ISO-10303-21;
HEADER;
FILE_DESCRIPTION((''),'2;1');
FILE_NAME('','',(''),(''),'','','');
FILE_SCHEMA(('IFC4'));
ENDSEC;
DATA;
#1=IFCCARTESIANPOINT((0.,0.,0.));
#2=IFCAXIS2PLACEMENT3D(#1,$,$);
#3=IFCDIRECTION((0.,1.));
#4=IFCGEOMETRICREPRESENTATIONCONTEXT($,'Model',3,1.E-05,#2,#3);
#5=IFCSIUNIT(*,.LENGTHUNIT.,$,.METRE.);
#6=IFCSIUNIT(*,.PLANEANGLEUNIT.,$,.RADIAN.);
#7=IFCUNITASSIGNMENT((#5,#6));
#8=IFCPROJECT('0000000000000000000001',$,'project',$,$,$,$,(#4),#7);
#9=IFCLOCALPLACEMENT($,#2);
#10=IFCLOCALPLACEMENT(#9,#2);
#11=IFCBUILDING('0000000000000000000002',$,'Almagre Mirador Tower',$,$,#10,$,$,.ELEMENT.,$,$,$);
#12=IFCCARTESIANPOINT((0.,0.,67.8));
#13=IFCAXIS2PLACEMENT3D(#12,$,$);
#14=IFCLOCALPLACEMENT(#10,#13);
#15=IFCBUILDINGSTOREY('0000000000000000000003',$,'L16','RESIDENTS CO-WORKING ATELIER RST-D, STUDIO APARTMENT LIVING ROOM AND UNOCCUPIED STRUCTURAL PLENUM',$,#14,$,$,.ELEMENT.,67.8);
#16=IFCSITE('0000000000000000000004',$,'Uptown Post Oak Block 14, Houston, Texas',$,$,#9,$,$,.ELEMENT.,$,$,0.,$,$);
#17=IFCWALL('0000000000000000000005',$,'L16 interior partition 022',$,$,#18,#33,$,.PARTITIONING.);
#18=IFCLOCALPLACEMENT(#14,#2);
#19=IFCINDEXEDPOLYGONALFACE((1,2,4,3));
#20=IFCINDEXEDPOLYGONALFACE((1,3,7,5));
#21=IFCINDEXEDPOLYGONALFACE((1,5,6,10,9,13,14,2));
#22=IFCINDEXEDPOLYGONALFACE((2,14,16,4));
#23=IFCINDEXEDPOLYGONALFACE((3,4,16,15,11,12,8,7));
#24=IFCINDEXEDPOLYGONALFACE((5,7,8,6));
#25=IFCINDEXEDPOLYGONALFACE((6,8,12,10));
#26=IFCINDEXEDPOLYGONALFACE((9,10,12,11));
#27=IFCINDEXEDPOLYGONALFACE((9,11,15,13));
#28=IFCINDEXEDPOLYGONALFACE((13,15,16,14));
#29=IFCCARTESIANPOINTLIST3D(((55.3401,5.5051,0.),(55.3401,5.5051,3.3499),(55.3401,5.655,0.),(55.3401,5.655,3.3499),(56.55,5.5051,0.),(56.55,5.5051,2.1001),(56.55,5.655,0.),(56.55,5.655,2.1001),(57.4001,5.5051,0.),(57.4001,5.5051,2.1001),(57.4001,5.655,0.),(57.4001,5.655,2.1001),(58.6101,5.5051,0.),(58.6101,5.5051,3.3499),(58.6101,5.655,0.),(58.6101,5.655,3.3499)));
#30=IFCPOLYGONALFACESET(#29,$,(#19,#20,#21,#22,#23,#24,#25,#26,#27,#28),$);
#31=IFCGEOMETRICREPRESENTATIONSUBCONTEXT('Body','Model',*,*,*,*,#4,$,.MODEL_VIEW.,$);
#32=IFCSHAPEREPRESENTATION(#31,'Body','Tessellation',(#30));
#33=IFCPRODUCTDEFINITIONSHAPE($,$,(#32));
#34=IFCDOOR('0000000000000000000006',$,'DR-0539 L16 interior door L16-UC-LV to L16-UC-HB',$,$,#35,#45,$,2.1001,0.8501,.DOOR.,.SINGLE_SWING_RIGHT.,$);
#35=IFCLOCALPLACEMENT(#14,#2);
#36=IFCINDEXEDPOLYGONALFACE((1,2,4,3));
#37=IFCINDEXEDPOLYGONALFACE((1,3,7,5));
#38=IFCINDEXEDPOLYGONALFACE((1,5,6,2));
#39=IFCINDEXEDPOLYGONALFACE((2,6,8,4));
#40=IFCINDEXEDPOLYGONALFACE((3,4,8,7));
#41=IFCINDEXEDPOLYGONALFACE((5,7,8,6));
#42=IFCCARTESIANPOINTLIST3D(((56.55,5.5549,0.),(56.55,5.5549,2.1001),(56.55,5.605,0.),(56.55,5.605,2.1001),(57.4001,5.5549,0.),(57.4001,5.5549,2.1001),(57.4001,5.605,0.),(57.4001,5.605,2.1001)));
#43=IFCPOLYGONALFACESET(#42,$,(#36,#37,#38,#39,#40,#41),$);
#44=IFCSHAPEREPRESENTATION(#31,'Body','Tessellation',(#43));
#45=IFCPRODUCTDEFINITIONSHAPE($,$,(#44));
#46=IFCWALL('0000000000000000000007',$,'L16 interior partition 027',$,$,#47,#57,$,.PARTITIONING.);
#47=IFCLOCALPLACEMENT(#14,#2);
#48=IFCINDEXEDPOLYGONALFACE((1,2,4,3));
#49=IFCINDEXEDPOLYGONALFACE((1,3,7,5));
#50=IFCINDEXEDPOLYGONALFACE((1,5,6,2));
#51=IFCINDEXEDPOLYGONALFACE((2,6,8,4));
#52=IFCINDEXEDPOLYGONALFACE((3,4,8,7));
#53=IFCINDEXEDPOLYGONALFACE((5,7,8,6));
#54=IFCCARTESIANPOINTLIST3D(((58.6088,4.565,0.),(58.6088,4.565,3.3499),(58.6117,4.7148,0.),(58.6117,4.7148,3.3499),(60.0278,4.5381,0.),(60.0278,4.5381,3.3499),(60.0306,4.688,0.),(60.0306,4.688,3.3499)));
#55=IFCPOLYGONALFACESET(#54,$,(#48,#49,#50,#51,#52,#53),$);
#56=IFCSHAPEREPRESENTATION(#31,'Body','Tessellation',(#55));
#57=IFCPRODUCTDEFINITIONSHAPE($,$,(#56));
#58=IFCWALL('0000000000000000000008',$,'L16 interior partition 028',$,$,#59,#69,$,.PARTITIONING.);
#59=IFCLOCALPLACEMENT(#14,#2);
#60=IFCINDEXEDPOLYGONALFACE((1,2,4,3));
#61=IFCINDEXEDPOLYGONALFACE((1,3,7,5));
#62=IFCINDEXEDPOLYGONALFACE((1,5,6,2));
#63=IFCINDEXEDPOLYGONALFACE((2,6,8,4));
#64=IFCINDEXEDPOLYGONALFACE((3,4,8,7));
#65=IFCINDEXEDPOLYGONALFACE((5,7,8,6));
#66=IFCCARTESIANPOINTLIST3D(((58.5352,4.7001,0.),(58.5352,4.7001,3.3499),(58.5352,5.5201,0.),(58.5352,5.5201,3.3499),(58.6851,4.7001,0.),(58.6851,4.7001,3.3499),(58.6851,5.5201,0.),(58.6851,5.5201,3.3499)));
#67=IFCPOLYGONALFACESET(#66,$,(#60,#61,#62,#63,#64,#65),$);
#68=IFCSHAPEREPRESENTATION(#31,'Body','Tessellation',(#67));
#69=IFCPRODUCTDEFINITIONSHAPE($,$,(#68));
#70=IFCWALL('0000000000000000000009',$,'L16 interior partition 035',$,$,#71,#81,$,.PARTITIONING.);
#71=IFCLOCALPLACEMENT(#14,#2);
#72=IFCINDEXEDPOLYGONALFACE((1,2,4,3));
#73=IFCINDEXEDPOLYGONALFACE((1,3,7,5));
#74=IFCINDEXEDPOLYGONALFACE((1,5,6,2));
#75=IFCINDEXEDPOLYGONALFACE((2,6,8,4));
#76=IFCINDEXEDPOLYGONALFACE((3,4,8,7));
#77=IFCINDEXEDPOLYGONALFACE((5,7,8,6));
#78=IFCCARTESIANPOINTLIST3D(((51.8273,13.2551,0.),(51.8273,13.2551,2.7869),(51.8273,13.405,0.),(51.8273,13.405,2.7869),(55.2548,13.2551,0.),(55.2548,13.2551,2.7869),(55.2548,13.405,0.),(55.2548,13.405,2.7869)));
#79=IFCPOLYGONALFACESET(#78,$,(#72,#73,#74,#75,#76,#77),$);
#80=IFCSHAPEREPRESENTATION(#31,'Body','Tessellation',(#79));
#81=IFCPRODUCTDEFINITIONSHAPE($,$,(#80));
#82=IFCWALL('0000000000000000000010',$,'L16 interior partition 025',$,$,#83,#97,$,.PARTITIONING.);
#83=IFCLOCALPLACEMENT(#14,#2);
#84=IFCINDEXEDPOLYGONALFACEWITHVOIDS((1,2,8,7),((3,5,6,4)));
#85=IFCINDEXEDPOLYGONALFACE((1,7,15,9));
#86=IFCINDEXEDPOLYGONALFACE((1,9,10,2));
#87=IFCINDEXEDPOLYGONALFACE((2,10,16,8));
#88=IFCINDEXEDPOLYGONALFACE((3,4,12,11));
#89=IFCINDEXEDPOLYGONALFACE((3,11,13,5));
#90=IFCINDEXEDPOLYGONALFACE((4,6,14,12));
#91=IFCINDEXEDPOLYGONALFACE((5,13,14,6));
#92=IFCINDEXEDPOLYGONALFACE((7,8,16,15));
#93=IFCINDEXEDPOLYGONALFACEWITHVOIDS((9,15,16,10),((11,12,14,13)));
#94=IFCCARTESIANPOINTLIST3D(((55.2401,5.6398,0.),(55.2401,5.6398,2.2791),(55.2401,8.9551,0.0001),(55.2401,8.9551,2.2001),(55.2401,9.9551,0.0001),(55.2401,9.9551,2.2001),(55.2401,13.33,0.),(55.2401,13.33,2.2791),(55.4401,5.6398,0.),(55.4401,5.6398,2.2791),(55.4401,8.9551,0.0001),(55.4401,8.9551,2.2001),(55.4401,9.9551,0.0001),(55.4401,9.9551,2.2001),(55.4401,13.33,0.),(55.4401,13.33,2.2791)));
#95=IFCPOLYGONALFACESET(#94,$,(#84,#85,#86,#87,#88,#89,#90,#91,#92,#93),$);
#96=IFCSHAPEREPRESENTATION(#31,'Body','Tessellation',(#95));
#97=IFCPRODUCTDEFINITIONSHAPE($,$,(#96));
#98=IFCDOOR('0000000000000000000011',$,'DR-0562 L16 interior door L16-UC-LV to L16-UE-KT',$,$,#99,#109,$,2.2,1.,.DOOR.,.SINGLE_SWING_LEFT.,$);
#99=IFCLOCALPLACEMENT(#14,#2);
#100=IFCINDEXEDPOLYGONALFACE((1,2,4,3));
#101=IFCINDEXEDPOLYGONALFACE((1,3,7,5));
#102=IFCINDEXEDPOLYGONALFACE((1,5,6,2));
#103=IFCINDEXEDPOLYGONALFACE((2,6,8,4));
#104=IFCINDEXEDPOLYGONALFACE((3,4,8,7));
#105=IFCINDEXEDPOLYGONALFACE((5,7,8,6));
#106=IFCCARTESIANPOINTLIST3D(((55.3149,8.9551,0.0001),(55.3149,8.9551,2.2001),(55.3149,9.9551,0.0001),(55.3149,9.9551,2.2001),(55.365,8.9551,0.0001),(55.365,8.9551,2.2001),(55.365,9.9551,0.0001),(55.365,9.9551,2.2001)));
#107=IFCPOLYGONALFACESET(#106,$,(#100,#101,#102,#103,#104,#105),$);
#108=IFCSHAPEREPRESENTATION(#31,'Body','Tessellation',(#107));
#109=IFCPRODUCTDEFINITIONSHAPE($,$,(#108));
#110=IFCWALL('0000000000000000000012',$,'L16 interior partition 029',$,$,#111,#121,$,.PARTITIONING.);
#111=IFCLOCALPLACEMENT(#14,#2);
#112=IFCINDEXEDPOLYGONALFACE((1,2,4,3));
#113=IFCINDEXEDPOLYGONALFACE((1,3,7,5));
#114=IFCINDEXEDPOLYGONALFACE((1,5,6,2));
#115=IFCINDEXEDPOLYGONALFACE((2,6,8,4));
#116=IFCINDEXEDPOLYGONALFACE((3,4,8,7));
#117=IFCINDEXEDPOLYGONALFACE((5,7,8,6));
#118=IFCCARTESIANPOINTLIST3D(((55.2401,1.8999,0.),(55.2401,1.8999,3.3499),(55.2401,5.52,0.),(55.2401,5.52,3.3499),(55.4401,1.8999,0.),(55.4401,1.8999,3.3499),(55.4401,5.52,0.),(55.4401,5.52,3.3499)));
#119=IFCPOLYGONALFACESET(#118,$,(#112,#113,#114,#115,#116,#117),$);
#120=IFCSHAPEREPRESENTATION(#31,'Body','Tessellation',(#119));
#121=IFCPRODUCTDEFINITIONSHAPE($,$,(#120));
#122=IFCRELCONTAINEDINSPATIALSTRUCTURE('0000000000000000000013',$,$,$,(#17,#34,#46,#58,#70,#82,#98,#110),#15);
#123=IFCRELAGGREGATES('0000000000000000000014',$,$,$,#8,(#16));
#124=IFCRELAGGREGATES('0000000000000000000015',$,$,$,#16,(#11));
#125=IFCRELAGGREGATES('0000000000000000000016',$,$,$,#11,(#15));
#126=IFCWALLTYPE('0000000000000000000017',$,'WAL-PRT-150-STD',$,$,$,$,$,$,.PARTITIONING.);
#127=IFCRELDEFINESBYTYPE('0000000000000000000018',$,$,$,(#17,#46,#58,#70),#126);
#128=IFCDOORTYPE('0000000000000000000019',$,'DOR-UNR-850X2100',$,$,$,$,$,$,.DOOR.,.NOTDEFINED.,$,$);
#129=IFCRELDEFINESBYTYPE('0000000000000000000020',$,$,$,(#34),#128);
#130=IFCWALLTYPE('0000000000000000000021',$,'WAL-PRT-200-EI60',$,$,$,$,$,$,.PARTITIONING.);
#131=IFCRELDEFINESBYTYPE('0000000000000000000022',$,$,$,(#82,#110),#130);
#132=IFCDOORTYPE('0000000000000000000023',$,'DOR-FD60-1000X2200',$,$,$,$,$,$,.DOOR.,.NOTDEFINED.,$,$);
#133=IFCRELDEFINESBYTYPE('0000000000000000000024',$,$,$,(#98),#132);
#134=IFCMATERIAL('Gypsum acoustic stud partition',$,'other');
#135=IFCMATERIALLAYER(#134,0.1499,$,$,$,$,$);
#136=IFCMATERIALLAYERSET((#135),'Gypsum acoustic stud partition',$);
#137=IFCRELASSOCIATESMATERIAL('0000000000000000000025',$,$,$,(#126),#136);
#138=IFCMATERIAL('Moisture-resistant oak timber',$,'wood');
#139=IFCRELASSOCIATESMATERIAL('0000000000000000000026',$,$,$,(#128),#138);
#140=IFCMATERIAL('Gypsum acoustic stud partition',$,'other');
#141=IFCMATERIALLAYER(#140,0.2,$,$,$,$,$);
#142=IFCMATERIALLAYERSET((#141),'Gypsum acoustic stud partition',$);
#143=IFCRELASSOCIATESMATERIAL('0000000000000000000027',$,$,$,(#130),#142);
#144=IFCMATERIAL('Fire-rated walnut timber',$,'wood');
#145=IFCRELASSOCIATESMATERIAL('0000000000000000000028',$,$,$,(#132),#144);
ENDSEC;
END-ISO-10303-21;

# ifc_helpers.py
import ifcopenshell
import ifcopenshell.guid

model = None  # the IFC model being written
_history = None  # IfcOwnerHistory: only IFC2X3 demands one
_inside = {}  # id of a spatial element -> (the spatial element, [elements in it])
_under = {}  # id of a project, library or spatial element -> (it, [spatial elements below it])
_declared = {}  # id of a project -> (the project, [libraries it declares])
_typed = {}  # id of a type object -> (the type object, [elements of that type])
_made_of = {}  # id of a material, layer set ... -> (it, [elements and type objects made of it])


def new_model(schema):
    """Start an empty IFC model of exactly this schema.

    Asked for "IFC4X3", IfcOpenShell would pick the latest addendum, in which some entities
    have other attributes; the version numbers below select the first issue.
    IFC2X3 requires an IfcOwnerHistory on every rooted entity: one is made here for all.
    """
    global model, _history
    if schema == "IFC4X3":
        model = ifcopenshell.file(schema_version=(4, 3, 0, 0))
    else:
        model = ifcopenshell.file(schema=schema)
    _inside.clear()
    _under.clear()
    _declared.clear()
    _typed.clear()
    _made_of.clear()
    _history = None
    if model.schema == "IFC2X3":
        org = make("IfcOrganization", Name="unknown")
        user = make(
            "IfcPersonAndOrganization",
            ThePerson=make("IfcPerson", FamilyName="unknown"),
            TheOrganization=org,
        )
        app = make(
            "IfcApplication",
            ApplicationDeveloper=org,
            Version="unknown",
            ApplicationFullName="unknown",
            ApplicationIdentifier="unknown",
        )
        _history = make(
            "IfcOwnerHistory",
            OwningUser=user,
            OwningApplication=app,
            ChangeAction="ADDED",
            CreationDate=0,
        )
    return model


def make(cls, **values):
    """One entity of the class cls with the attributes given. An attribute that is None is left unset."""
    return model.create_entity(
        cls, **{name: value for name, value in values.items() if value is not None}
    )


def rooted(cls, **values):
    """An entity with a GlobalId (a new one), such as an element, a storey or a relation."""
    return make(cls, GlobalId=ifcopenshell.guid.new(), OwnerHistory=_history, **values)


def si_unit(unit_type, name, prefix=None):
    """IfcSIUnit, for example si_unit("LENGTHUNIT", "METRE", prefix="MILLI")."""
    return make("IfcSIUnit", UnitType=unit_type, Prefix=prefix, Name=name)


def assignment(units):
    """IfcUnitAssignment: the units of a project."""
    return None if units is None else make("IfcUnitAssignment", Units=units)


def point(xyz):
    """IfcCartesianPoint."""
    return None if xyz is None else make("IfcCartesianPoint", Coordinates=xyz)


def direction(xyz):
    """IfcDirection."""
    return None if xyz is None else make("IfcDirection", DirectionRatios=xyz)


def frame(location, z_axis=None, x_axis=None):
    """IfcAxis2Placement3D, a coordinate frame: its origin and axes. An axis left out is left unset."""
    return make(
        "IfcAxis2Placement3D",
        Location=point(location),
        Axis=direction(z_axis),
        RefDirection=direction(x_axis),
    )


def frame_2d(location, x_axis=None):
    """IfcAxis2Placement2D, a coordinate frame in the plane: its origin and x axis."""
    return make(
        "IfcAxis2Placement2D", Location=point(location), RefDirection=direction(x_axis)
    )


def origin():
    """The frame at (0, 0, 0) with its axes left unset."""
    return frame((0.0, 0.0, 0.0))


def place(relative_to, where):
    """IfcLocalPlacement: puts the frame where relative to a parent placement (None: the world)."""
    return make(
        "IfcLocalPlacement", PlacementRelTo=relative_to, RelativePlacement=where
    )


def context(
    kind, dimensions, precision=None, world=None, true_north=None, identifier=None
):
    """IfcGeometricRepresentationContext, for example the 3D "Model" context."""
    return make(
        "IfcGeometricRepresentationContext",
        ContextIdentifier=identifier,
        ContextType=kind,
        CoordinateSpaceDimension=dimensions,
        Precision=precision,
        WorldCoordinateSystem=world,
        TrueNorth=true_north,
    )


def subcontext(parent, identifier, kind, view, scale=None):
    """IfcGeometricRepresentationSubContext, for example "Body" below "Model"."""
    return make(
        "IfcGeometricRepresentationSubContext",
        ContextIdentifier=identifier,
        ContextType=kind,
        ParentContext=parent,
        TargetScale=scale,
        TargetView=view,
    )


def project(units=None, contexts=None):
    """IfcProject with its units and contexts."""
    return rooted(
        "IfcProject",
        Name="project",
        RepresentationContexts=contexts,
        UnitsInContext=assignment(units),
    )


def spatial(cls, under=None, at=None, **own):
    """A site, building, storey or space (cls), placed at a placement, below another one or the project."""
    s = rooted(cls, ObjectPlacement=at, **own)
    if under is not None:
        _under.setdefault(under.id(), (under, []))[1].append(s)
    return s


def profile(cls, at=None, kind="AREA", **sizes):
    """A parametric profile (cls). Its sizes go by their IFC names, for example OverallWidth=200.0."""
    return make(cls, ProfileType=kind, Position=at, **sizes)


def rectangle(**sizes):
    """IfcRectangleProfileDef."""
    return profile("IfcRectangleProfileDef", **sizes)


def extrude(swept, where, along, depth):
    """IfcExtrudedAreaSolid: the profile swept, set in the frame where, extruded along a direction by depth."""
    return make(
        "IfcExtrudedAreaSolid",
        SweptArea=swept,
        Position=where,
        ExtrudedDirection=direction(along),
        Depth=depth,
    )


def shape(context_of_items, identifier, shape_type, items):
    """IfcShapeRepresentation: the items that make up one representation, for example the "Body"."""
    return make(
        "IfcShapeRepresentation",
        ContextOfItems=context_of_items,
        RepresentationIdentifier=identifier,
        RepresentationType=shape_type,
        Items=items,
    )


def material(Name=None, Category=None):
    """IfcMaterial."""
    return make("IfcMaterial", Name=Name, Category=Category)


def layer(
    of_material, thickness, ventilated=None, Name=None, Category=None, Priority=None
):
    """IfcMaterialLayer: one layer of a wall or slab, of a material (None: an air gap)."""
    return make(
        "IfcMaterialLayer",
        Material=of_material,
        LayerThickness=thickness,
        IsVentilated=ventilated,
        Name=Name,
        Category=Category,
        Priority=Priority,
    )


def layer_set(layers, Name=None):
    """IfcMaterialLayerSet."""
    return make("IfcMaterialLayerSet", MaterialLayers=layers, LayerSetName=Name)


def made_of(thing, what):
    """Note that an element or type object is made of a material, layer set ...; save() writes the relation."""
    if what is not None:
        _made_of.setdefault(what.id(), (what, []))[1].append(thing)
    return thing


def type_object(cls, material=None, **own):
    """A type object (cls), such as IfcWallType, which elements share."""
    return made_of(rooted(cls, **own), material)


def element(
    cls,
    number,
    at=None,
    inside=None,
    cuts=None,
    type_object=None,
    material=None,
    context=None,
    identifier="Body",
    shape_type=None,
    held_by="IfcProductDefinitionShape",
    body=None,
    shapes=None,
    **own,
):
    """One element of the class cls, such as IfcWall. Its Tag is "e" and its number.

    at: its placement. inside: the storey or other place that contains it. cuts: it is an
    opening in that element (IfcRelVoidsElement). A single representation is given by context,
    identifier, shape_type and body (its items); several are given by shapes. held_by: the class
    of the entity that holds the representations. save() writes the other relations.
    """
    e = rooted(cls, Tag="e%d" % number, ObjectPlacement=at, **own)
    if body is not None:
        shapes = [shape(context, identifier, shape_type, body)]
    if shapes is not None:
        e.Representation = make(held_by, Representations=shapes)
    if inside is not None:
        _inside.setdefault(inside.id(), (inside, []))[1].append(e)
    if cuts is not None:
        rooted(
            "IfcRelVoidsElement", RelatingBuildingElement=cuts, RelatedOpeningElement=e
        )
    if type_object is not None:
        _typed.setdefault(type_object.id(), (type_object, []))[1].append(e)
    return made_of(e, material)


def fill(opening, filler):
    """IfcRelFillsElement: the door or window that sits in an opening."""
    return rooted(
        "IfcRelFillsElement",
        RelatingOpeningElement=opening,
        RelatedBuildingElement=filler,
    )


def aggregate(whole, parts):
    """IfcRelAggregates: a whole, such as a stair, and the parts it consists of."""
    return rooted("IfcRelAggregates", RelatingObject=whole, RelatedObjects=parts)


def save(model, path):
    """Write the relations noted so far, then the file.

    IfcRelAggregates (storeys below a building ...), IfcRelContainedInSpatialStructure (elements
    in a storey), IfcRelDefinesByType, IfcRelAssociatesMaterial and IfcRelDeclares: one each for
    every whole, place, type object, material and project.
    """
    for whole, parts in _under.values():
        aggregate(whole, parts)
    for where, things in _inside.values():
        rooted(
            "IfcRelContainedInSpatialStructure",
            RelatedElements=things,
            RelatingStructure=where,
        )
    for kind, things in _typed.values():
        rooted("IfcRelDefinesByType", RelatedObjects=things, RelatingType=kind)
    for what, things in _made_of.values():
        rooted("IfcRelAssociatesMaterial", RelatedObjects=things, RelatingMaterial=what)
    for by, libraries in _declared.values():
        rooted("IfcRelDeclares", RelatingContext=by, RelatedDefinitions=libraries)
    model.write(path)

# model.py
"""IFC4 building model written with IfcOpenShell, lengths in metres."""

from ifc_helpers import new_model, si_unit, direction, frame, frame_2d, origin, place, context, subcontext, project, spatial, rectangle, extrude, material, layer, layer_set, type_object, element, fill, save


model = new_model("IFC4")

# Units and contexts
model_context = context("Model", 3, precision=1e-05, world=origin(), true_north=direction((0.0, 1.0)))
body_context = subcontext(model_context, "Body", "Model", "MODEL_VIEW")
ifc_project = project(units=[si_unit("LENGTHUNIT", "METRE"), si_unit("PLANEANGLEUNIT", "RADIAN")], contexts=[model_context])

# Site, building, storey
site_placement = place(None, origin())
site = spatial("IfcSite", under=ifc_project, at=site_placement, Name="Uptown Post Oak Block 14, Houston, Texas", CompositionType="ELEMENT", RefElevation=0.0)
building_placement = place(site_placement, origin())
building = spatial("IfcBuilding", under=site, at=building_placement, Name="Almagre Mirador Tower", CompositionType="ELEMENT")
storey_placement = place(building_placement, frame((0.0, 0.0, 67.8)))
storey = spatial("IfcBuildingStorey", under=building, at=storey_placement, Name="L16", Description="RESIDENTS CO-WORKING ATELIER RST-D, STUDIO APARTMENT LIVING ROOM AND UNOCCUPIED STRUCTURAL PLENUM", CompositionType="ELEMENT", Elevation=67.8)

# Wall, opening, door
ifc_material_1 = material(Name="Gypsum acoustic stud partition", Category="other")
ifc_layer_1 = layer(ifc_material_1, 0.1499)
ifc_layer_set_1 = layer_set([ifc_layer_1], Name="Gypsum acoustic stud partition")
wall_type_1 = type_object("IfcWallType", Name="WAL-PRT-150-STD", PredefinedType="PARTITIONING", material=ifc_layer_set_1)
wall_1_placement = place(storey_placement, frame((55.3401, 5.5801, 0.0), z_axis=(0.0, 0.0, 1.0), x_axis=(1.0, 0.0, 0.0)))
wall_1 = element("IfcWall", 1, at=wall_1_placement, inside=storey, type_object=wall_type_1, Name="L16 interior partition 022", PredefinedType="PARTITIONING", context=body_context, shape_type="SweptSolid", body=[
    extrude(rectangle(XDim=3.27, YDim=0.1499, at=frame_2d((1.635, 0.0))), origin(), (0.0, 0.0, 1.0), 3.3499),
])
opening_1_placement = place(wall_1_placement, frame((1.21, 0.0, 0.0)))
opening_1 = element("IfcOpeningElement", 2, at=opening_1_placement, cuts=wall_1, PredefinedType="OPENING", context=body_context, shape_type="SweptSolid", body=[
    extrude(rectangle(XDim=0.8501, YDim=2.1001, at=frame_2d((0.425, 1.05))), frame((0.0, 0.085, 0.0), z_axis=(0.0, -1.0, 0.0), x_axis=(1.0, 0.0, 0.0)), (0.0, 0.0, 1.0), 0.1699),
])
ifc_material_2 = material(Name="Moisture-resistant oak timber", Category="wood")
door_type_1 = type_object("IfcDoorType", Name="DOR-UNR-850X2100", OperationType="NOTDEFINED", PredefinedType="DOOR", material=ifc_material_2)
door_1_placement = place(opening_1_placement, origin())
door_1 = element("IfcDoor", 3, at=door_1_placement, inside=storey, type_object=door_type_1, Name="DR-0539 L16 interior door L16-UC-LV to L16-UC-HB", OperationType="SINGLE_SWING_RIGHT", OverallHeight=2.1001, OverallWidth=0.8501, PredefinedType="DOOR", context=body_context, shape_type="SweptSolid", body=[
    extrude(rectangle(XDim=0.8501, YDim=2.1001, at=frame_2d((0.425, 1.05))), frame((0.0, 0.0249, 0.0), z_axis=(0.0, -1.0, 0.0), x_axis=(1.0, 0.0, 0.0)), (0.0, 0.0, 1.0), 0.05),
])
fill(opening_1, door_1)

# Walls
wall_2_placement = place(storey_placement, frame((60.0291, 4.613, 0.0), z_axis=(0.0, 0.0, 1.0), x_axis=(-0.999821, 0.018923, 0.0)))
element("IfcWall", 4, at=wall_2_placement, inside=storey, type_object=wall_type_1, Name="L16 interior partition 027", PredefinedType="PARTITIONING", context=body_context, shape_type="SweptSolid", body=[
    extrude(rectangle(XDim=1.4192, YDim=0.1499, at=frame_2d((0.7095, 0.0))), origin(), (0.0, 0.0, 1.0), 3.3499),
])
wall_3_placement = place(storey_placement, frame((58.6101, 4.7, 0.0), z_axis=(0.0, 0.0, 1.0), x_axis=(0.0, 1.0, 0.0)))
element("IfcWall", 5, at=wall_3_placement, inside=storey, type_object=wall_type_1, Name="L16 interior partition 028", PredefinedType="PARTITIONING", context=body_context, shape_type="SweptSolid", body=[
    extrude(rectangle(XDim=0.8201, YDim=0.1499, at=frame_2d((0.4102, 0.0))), origin(), (0.0, 0.0, 1.0), 3.3499),
])
wall_4_placement = place(storey_placement, frame((55.2549, 13.3301, 0.0), z_axis=(0.0, 0.0, 1.0), x_axis=(-1.0, 0.0, 0.0)))
element("IfcWall", 6, at=wall_4_placement, inside=storey, type_object=wall_type_1, Name="L16 interior partition 035", PredefinedType="PARTITIONING", context=body_context, shape_type="SweptSolid", body=[
    extrude(rectangle(XDim=3.4275, YDim=0.1499, at=frame_2d((1.7139, 0.0))), origin(), (0.0, 0.0, 1.0), 2.7869),
])

# Wall, opening, door
ifc_material_3 = material(Name="Gypsum acoustic stud partition", Category="other")
ifc_layer_2 = layer(ifc_material_3, 0.2)
ifc_layer_set_2 = layer_set([ifc_layer_2], Name="Gypsum acoustic stud partition")
wall_type_2 = type_object("IfcWallType", Name="WAL-PRT-200-EI60", PredefinedType="PARTITIONING", material=ifc_layer_set_2)
wall_5_placement = place(storey_placement, frame((55.3401, 13.3301, 0.0), z_axis=(0.0, 0.0, 1.0), x_axis=(0.0, -1.0, 0.0)))
wall_5 = element("IfcWall", 7, at=wall_5_placement, inside=storey, type_object=wall_type_2, Name="L16 interior partition 025", PredefinedType="PARTITIONING", context=body_context, shape_type="SweptSolid", body=[
    extrude(rectangle(XDim=7.6902, YDim=0.2, at=frame_2d((3.8452, 0.0))), origin(), (0.0, 0.0, 1.0), 2.2791),
])
opening_2_placement = place(wall_5_placement, frame((3.375, 0.0, 0.0)))
opening_2 = element("IfcOpeningElement", 8, at=opening_2_placement, cuts=wall_5, PredefinedType="OPENING", context=body_context, shape_type="SweptSolid", body=[
    extrude(rectangle(XDim=1.0, YDim=2.2, at=frame_2d((0.5, 1.1001))), frame((0.0, 0.1101, 0.0), z_axis=(0.0, -1.0, 0.0), x_axis=(1.0, 0.0, 0.0)), (0.0, 0.0, 1.0), 0.22),
])
ifc_material_4 = material(Name="Fire-rated walnut timber", Category="wood")
door_type_2 = type_object("IfcDoorType", Name="DOR-FD60-1000X2200", OperationType="NOTDEFINED", PredefinedType="DOOR", material=ifc_material_4)
door_2_placement = place(opening_2_placement, origin())
door_2 = element("IfcDoor", 9, at=door_2_placement, inside=storey, type_object=door_type_2, Name="DR-0562 L16 interior door L16-UC-LV to L16-UE-KT", OperationType="SINGLE_SWING_LEFT", OverallHeight=2.2, OverallWidth=1.0, PredefinedType="DOOR", context=body_context, shape_type="SweptSolid", body=[
    extrude(rectangle(XDim=1.0, YDim=2.2, at=frame_2d((0.5, 1.1001))), frame((0.0, 0.0249, 0.0), z_axis=(0.0, -1.0, 0.0), x_axis=(1.0, 0.0, 0.0)), (0.0, 0.0, 1.0), 0.05),
])
fill(opening_2, door_2)

# Wall
wall_6_placement = place(storey_placement, frame((55.3401, 5.52, 0.0), z_axis=(0.0, 0.0, 1.0), x_axis=(0.0, -1.0, 0.0)))
element("IfcWall", 10, at=wall_6_placement, inside=storey, type_object=wall_type_2, Name="L16 interior partition 029", PredefinedType="PARTITIONING", context=body_context, shape_type="SweptSolid", body=[
    extrude(rectangle(XDim=3.6201, YDim=0.2, at=frame_2d((1.8101, 0.0))), origin(), (0.0, 0.0, 1.0), 3.3499),
])

save(model, "model.ifc")
